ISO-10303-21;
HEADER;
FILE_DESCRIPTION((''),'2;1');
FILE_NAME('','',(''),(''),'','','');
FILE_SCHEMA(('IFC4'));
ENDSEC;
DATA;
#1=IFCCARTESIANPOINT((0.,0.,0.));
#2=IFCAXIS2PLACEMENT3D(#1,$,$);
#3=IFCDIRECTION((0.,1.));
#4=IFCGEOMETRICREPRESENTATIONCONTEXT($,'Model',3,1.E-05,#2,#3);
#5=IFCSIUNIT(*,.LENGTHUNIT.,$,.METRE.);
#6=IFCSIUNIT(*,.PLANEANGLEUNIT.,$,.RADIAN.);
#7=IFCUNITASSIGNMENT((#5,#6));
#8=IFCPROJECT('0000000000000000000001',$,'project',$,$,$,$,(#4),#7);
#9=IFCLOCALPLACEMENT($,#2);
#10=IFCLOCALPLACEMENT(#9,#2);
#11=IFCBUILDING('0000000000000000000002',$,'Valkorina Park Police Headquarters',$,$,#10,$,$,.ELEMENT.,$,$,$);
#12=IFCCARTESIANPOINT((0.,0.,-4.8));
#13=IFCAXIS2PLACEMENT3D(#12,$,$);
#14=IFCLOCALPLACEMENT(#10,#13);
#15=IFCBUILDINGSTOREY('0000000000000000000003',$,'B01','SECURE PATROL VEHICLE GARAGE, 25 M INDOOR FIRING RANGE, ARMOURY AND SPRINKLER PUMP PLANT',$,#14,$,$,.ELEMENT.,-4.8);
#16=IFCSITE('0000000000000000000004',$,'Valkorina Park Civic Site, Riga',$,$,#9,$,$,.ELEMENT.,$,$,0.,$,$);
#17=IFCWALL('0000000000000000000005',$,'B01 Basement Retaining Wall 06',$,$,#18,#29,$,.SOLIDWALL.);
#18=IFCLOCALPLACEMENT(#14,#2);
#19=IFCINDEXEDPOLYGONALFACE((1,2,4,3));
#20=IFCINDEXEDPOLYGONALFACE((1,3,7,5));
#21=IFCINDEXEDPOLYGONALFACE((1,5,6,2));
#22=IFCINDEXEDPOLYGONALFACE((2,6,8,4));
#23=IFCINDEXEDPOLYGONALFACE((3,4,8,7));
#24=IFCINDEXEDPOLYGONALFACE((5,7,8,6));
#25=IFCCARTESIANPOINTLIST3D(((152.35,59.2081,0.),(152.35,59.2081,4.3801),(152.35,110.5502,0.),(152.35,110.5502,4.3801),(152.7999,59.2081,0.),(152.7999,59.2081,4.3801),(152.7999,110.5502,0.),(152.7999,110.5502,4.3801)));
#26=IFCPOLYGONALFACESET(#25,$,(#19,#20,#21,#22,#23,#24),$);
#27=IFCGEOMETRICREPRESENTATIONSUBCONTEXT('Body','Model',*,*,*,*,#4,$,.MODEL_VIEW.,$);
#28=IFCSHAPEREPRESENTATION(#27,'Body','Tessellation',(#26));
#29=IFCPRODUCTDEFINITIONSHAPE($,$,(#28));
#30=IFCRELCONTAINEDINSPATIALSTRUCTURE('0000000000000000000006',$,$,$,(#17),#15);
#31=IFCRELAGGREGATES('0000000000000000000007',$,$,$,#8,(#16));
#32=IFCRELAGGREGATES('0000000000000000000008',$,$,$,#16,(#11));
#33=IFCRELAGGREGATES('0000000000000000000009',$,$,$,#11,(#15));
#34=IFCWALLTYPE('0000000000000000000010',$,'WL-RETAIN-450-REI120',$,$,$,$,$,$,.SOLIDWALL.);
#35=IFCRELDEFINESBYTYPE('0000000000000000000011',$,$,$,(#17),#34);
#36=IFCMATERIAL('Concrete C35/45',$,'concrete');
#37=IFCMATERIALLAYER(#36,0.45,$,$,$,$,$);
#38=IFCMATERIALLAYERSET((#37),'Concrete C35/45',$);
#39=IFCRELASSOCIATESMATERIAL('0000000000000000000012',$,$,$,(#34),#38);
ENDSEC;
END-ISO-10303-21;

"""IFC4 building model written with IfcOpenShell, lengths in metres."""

from ifc_helpers import new_model, si_unit, direction, frame, frame_2d, origin, place, context, subcontext, project, spatial, rectangle, extrude, material, layer, layer_set, type_object, element, save


model = new_model("IFC4")

# Units and contexts
model_context = context("Model", 3, precision=1e-05, world=origin(), true_north=direction((0.0, 1.0)))
body_context = subcontext(model_context, "Body", "Model", "MODEL_VIEW")
ifc_project = project(units=[si_unit("LENGTHUNIT", "METRE"), si_unit("PLANEANGLEUNIT", "RADIAN")], contexts=[model_context])

# Site, building, storey
site_placement = place(None, origin())
site = spatial("IfcSite", under=ifc_project, at=site_placement, Name="Valkorina Park Civic Site, Riga", CompositionType="ELEMENT", RefElevation=0.0)
building_placement = place(site_placement, origin())
building = spatial("IfcBuilding", under=site, at=building_placement, Name="Valkorina Park Police Headquarters", CompositionType="ELEMENT")
storey_placement = place(building_placement, frame((0.0, 0.0, -4.8)))
storey = spatial("IfcBuildingStorey", under=building, at=storey_placement, Name="B01", Description="SECURE PATROL VEHICLE GARAGE, 25 M INDOOR FIRING RANGE, ARMOURY AND SPRINKLER PUMP PLANT", CompositionType="ELEMENT", Elevation=-4.8)

# Shared definitions
ifc_material_1 = material(Name="Concrete C35/45", Category="concrete")

# Wall
ifc_layer_1 = layer(ifc_material_1, 0.45)
ifc_layer_set_1 = layer_set([ifc_layer_1], Name="Concrete C35/45")
wall_type_1 = type_object("IfcWallType", Name="WL-RETAIN-450-REI120", PredefinedType="SOLIDWALL", material=ifc_layer_set_1)
wall_1_placement = place(storey_placement, frame((152.575, 110.55, 0.0), z_axis=(0.0, 0.0, 1.0), x_axis=(0.0, -1.0, 0.0)))
element("IfcWall", 1, at=wall_1_placement, inside=storey, type_object=wall_type_1, Name="B01 Basement Retaining Wall 06", PredefinedType="SOLIDWALL", context=body_context, shape_type="SweptSolid", body=[
    extrude(rectangle(XDim=51.342, YDim=0.45, at=frame_2d((25.6709, 0.0))), origin(), (0.0, 0.0, 1.0), 4.3801),
])

save(model, "model.ifc")
